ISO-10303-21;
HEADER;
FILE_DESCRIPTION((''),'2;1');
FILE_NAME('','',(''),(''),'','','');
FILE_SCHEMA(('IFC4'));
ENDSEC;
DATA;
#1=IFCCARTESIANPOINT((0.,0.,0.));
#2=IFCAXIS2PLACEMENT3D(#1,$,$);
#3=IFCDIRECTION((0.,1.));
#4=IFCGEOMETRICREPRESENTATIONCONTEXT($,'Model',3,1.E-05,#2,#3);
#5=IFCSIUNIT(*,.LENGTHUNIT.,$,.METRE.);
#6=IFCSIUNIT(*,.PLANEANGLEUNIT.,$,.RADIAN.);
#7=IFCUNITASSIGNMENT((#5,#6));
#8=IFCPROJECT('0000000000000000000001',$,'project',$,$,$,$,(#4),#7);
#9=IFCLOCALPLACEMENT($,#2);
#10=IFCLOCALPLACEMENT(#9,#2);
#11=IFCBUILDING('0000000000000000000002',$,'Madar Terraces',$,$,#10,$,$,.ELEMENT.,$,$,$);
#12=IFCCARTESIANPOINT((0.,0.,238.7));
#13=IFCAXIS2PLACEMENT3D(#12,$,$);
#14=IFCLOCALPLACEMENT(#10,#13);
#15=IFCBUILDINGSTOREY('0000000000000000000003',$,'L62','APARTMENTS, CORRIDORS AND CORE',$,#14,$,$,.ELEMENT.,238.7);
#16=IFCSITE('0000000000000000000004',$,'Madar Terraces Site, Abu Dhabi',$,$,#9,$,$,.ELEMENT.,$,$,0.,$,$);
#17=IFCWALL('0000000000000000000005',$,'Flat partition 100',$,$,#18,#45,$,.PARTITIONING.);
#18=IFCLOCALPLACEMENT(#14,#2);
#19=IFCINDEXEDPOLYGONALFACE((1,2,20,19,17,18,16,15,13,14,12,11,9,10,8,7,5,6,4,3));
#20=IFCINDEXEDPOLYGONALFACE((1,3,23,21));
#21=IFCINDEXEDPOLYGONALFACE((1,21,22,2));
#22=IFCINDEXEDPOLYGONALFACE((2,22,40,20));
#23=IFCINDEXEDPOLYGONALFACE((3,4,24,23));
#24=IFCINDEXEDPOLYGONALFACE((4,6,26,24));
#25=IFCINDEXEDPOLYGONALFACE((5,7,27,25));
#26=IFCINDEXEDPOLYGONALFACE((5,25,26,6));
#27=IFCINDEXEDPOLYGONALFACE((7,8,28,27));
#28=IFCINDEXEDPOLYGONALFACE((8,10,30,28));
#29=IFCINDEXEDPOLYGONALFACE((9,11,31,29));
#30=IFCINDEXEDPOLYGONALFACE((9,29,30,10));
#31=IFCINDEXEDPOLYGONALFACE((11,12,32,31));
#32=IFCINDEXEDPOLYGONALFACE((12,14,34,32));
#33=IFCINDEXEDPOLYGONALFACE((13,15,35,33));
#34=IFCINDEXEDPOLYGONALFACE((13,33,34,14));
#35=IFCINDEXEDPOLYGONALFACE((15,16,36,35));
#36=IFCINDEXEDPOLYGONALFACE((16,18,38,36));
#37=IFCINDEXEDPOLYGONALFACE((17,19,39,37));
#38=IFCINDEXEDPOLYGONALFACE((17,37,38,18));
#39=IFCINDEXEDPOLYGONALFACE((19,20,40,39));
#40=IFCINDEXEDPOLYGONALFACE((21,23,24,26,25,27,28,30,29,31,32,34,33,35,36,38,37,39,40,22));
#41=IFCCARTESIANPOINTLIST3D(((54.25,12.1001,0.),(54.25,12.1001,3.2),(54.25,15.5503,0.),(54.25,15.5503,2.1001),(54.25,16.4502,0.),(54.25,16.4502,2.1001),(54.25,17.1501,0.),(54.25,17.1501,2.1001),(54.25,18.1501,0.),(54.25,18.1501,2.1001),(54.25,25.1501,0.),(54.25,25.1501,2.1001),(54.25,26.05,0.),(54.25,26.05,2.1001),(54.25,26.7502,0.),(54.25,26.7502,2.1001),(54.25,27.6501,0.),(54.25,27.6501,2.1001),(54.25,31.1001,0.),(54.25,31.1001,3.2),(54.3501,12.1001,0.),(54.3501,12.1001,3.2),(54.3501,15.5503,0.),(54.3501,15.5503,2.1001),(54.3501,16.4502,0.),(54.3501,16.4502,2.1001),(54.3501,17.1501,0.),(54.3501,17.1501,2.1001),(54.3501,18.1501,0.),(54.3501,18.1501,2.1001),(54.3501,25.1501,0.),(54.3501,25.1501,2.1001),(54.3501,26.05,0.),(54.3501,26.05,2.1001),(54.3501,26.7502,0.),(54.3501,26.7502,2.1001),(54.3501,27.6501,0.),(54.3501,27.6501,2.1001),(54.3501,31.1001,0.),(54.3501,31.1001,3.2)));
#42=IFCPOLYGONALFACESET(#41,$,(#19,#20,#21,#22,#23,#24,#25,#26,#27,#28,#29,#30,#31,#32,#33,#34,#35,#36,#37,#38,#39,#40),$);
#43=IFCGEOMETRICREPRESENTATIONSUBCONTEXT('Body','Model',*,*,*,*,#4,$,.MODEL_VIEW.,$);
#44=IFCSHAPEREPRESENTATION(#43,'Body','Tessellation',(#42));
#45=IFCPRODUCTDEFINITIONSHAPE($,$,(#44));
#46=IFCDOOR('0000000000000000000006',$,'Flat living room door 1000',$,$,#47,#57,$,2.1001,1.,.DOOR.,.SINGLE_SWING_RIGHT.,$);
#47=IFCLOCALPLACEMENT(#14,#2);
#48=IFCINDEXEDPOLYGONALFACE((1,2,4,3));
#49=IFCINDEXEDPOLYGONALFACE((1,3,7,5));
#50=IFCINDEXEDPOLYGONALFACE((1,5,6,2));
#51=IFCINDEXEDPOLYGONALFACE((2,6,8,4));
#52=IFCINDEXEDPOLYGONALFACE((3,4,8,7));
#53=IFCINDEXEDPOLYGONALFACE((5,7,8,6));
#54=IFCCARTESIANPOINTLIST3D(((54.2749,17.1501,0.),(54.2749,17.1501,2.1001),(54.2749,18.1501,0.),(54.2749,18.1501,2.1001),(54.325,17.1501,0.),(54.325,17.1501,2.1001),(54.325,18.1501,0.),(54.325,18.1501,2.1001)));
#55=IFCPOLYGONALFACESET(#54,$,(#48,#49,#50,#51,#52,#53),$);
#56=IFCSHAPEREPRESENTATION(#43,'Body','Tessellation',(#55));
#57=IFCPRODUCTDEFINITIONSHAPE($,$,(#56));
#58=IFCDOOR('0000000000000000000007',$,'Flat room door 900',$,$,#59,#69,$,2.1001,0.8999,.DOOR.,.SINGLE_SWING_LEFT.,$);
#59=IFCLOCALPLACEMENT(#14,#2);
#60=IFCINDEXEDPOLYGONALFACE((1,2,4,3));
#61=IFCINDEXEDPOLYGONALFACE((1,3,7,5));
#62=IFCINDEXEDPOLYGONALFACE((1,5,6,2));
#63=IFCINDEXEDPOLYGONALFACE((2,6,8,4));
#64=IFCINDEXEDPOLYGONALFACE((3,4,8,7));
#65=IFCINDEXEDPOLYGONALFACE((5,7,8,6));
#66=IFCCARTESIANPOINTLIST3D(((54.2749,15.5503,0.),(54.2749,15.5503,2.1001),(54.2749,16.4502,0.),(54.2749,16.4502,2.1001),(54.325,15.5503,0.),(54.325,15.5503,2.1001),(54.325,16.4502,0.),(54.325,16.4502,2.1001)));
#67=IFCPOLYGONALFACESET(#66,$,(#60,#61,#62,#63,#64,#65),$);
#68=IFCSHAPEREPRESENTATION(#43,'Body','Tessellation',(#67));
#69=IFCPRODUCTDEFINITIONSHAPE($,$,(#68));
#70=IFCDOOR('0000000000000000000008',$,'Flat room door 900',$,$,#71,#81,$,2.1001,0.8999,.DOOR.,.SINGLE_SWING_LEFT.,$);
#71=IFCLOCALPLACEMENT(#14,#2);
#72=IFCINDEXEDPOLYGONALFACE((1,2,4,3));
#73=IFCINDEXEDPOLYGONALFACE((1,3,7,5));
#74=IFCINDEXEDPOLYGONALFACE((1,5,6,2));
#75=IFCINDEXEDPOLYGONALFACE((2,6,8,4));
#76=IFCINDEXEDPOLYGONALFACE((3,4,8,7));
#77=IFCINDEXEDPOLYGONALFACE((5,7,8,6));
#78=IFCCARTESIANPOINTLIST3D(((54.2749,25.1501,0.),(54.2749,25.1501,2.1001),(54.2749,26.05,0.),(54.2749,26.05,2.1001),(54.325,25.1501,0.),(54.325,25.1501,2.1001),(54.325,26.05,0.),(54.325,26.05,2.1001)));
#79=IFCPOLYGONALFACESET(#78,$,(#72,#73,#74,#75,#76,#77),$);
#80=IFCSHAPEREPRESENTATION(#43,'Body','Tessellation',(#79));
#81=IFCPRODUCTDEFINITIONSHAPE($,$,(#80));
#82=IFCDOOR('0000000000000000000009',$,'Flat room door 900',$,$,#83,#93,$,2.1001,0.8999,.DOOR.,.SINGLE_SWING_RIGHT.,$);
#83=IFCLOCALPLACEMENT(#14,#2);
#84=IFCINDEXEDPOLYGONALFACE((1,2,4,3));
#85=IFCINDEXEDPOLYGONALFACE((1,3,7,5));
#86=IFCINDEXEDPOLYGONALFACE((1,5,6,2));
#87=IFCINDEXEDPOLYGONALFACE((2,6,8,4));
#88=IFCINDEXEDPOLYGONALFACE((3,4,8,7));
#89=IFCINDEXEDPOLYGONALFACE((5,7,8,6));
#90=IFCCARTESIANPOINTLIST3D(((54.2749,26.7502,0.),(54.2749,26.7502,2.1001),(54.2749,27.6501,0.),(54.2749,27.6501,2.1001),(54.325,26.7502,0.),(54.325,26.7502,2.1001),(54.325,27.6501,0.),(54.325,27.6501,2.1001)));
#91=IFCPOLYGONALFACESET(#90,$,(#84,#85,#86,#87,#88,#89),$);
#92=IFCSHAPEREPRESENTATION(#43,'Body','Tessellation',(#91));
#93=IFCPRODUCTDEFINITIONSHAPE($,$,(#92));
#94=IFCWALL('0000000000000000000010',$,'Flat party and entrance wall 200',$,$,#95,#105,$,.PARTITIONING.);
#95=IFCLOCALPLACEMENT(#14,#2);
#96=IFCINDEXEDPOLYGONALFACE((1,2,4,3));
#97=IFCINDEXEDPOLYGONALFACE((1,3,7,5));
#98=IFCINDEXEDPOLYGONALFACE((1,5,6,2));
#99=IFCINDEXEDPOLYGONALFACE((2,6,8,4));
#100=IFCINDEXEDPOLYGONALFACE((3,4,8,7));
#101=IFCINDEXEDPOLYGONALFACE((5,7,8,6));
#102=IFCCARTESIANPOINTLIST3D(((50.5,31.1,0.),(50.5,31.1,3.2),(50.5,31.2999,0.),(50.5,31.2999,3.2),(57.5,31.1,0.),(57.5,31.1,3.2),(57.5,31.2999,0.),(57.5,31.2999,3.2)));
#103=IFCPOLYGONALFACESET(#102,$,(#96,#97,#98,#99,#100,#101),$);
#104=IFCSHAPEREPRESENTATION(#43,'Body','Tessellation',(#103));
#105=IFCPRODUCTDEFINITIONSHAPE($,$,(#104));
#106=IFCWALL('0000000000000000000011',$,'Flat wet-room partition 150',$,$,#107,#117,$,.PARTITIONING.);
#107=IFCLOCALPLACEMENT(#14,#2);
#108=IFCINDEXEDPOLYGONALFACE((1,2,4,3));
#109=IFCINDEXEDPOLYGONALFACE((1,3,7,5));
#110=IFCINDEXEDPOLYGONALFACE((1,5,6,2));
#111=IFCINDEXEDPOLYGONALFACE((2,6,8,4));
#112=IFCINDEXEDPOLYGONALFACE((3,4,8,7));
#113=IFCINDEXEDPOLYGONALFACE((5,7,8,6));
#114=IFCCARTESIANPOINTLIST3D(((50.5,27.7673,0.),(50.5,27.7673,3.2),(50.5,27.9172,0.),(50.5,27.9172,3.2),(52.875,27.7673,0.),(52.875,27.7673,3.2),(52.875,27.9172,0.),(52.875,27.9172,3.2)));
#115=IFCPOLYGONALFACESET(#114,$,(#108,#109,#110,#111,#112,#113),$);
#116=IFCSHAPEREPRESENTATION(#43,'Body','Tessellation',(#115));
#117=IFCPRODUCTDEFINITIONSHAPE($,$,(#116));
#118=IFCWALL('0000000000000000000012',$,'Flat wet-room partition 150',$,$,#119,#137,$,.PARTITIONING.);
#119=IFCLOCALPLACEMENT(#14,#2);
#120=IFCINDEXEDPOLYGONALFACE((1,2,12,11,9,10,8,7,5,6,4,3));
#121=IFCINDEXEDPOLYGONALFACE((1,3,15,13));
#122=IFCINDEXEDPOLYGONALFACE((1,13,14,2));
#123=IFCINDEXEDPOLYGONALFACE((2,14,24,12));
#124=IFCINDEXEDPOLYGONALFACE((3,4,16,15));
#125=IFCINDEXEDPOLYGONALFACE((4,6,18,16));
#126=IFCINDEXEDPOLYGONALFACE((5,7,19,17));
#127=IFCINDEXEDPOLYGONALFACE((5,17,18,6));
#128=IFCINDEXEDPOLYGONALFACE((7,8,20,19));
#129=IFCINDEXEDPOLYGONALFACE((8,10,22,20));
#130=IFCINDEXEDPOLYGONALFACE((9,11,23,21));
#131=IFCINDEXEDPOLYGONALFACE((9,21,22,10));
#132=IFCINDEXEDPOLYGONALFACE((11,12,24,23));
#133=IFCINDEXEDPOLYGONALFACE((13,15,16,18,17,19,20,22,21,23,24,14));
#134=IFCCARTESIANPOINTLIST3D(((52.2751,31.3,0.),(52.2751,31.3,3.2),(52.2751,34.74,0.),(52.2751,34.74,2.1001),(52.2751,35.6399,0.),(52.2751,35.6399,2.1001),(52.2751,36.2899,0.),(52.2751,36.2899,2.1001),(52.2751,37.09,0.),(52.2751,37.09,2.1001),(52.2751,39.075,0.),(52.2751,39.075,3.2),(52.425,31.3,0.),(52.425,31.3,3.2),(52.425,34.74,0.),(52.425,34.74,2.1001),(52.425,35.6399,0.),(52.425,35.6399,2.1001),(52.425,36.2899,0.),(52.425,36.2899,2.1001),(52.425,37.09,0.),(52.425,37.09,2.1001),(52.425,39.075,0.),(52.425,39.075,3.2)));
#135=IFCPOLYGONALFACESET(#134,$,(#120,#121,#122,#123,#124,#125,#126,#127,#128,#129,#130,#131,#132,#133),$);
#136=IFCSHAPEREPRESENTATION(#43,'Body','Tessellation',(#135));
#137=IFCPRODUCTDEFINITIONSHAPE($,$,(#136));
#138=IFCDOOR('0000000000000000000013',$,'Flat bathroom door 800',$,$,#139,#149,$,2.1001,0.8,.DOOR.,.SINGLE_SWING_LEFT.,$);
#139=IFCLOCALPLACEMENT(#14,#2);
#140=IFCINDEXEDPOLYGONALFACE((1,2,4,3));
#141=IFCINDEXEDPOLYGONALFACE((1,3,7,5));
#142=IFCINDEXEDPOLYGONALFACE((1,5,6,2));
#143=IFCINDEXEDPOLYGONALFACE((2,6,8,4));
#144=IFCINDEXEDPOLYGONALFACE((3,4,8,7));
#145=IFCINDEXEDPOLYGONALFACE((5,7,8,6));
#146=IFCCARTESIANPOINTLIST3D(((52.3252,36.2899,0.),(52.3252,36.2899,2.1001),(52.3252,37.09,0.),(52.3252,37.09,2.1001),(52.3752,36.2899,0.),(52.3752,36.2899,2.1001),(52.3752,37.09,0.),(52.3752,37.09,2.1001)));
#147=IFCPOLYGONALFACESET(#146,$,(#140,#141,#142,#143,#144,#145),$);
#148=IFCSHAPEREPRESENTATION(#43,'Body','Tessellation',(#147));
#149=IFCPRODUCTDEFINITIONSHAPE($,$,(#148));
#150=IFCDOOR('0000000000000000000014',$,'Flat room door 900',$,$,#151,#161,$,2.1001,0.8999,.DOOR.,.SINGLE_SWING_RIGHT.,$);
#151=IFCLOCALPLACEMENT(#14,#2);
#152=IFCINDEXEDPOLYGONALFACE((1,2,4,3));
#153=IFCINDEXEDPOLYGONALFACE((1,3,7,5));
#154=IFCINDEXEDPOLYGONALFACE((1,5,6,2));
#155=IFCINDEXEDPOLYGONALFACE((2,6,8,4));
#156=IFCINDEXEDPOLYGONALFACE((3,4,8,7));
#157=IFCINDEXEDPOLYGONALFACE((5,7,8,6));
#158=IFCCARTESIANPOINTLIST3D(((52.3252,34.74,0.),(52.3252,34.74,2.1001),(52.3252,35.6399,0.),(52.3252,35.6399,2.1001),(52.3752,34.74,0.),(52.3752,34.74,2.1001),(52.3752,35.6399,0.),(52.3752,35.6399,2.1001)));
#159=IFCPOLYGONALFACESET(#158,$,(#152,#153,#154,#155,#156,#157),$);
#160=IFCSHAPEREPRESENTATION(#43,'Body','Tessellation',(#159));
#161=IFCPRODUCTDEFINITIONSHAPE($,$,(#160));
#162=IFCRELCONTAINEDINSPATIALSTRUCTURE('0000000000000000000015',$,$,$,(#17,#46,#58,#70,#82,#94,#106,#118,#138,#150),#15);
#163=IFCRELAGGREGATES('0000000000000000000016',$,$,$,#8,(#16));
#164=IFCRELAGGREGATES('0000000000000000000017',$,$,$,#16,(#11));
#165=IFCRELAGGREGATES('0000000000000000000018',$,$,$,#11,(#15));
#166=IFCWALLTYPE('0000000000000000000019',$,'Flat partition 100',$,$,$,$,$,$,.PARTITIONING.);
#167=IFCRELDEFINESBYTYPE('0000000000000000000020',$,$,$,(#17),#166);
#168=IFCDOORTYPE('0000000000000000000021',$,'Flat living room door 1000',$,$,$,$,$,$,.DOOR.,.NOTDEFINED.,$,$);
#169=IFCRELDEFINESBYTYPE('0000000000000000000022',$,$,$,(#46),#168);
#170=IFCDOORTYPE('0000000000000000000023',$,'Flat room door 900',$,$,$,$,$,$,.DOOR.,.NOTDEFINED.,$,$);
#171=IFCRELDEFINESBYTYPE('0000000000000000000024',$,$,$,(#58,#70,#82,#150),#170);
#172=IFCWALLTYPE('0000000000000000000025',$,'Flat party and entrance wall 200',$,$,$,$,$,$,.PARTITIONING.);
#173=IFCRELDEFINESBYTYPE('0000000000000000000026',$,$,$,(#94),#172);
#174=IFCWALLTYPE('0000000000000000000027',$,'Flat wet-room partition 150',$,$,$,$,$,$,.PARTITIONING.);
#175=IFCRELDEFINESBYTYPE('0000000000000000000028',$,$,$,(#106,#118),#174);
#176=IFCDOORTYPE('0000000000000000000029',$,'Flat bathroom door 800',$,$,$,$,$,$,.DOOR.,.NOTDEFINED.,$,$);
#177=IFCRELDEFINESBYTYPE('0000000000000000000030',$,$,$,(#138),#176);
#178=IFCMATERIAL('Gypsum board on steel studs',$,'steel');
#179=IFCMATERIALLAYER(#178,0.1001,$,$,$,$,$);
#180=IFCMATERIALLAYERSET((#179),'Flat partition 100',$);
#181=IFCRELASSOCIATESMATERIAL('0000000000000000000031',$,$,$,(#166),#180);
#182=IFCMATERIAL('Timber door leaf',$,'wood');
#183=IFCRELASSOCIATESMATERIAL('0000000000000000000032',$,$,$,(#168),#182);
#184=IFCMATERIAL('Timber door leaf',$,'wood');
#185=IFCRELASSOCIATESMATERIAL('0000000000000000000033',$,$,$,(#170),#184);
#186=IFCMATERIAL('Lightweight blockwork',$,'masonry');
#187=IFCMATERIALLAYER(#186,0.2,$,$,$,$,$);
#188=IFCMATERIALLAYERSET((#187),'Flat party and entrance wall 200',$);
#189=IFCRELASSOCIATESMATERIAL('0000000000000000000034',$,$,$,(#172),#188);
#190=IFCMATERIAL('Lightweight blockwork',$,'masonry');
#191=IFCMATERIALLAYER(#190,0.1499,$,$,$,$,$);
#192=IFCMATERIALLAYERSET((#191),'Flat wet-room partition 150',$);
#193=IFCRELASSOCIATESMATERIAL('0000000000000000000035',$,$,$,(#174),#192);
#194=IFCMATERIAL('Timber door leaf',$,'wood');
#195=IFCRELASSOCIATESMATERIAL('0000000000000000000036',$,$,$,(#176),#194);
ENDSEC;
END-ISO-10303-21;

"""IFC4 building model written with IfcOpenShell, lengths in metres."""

from ifc_helpers import new_model, si_unit, direction, frame, frame_2d, origin, place, context, subcontext, project, spatial, rectangle, extrude, material, layer, layer_set, type_object, element, fill, save


model = new_model("IFC4")

# Units and contexts
model_context = context("Model", 3, precision=1e-05, world=origin(), true_north=direction((0.0, 1.0)))
body_context = subcontext(model_context, "Body", "Model", "MODEL_VIEW")
ifc_project = project(units=[si_unit("LENGTHUNIT", "METRE"), si_unit("PLANEANGLEUNIT", "RADIAN")], contexts=[model_context])

# Site, building, storey
site_placement = place(None, origin())
site = spatial("IfcSite", under=ifc_project, at=site_placement, Name="Madar Terraces Site, Abu Dhabi", CompositionType="ELEMENT", RefElevation=0.0)
building_placement = place(site_placement, origin())
building = spatial("IfcBuilding", under=site, at=building_placement, Name="Madar Terraces", CompositionType="ELEMENT")
storey_placement = place(building_placement, frame((0.0, 0.0, 238.7)))
storey = spatial("IfcBuildingStorey", under=building, at=storey_placement, Name="L62", Description="APARTMENTS, CORRIDORS AND CORE", CompositionType="ELEMENT", Elevation=238.7)

# Shared definitions
ifc_material_1 = material(Name="Gypsum board on steel studs", Category="steel")
ifc_layer_1 = layer(ifc_material_1, 0.1001)
ifc_layer_set_1 = layer_set([ifc_layer_1], Name="Flat partition 100")
wall_type_1 = type_object("IfcWallType", Name="Flat partition 100", PredefinedType="PARTITIONING", material=ifc_layer_set_1)

# Wall, openings, doors
wall_1_placement = place(storey_placement, frame((54.3, 31.1001, 0.0), z_axis=(0.0, 0.0, 1.0), x_axis=(0.0, -1.0, 0.0)))
wall_1 = element("IfcWall", 1, at=wall_1_placement, inside=storey, type_object=wall_type_1, Name="Flat partition 100", PredefinedType="PARTITIONING", context=body_context, shape_type="SweptSolid", body=[
    extrude(rectangle(XDim=19.0, YDim=0.1001, at=frame_2d((9.5, 0.0))), origin(), (0.0, 0.0, 1.0), 3.2),
])
opening_1_placement = place(wall_1_placement, frame((14.6499, 0.0, 0.0)))
opening_1 = element("IfcOpeningElement", 2, at=opening_1_placement, cuts=wall_1, PredefinedType="OPENING", context=body_context, shape_type="SweptSolid", body=[
    extrude(rectangle(XDim=0.8999, YDim=2.1001, at=frame_2d((0.45, 1.05))), frame((0.0, 0.0601, 0.0), z_axis=(0.0, -1.0, 0.0), x_axis=(1.0, 0.0, 0.0)), (0.0, 0.0, 1.0), 0.1201),
])
opening_2_placement = place(wall_1_placement, frame((12.95, 0.0, 0.0)))
opening_2 = element("IfcOpeningElement", 3, at=opening_2_placement, cuts=wall_1, PredefinedType="OPENING", context=body_context, shape_type="SweptSolid", body=[
    extrude(rectangle(XDim=1.0, YDim=2.1001, at=frame_2d((0.5, 1.05))), frame((0.0, 0.0601, 0.0), z_axis=(0.0, -1.0, 0.0), x_axis=(1.0, 0.0, 0.0)), (0.0, 0.0, 1.0), 0.1201),
])
opening_3_placement = place(wall_1_placement, frame((5.05, 0.0, 0.0)))
opening_3 = element("IfcOpeningElement", 4, at=opening_3_placement, cuts=wall_1, PredefinedType="OPENING", context=body_context, shape_type="SweptSolid", body=[
    extrude(rectangle(XDim=0.8999, YDim=2.1001, at=frame_2d((0.45, 1.05))), frame((0.0, 0.0601, 0.0), z_axis=(0.0, -1.0, 0.0), x_axis=(1.0, 0.0, 0.0)), (0.0, 0.0, 1.0), 0.1201),
])
opening_4_placement = place(wall_1_placement, frame((3.45, 0.0, 0.0)))
opening_4 = element("IfcOpeningElement", 5, at=opening_4_placement, cuts=wall_1, PredefinedType="OPENING", context=body_context, shape_type="SweptSolid", body=[
    extrude(rectangle(XDim=0.8999, YDim=2.1001, at=frame_2d((0.45, 1.05))), frame((0.0, 0.0601, 0.0), z_axis=(0.0, -1.0, 0.0), x_axis=(1.0, 0.0, 0.0)), (0.0, 0.0, 1.0), 0.1201),
])
ifc_material_2 = material(Name="Timber door leaf", Category="wood")
door_type_1 = type_object("IfcDoorType", Name="Flat living room door 1000", OperationType="NOTDEFINED", PredefinedType="DOOR", material=ifc_material_2)
door_1_placement = place(opening_2_placement, origin())
door_1 = element("IfcDoor", 6, at=door_1_placement, inside=storey, type_object=door_type_1, Name="Flat living room door 1000", OperationType="SINGLE_SWING_RIGHT", OverallHeight=2.1001, OverallWidth=1.0, PredefinedType="DOOR", context=body_context, shape_type="SweptSolid", body=[
    extrude(rectangle(XDim=1.0, YDim=2.1001, at=frame_2d((0.5, 1.05))), frame((0.0, 0.0249, 0.0), z_axis=(0.0, -1.0, 0.0), x_axis=(1.0, 0.0, 0.0)), (0.0, 0.0, 1.0), 0.05),
])
fill(opening_2, door_1)
ifc_material_3 = material(Name="Timber door leaf", Category="wood")
door_type_2 = type_object("IfcDoorType", Name="Flat room door 900", OperationType="NOTDEFINED", PredefinedType="DOOR", material=ifc_material_3)
door_2_placement = place(opening_1_placement, origin())
door_2 = element("IfcDoor", 7, at=door_2_placement, inside=storey, type_object=door_type_2, Name="Flat room door 900", OperationType="SINGLE_SWING_LEFT", OverallHeight=2.1001, OverallWidth=0.8999, PredefinedType="DOOR", context=body_context, shape_type="SweptSolid", body=[
    extrude(rectangle(XDim=0.8999, YDim=2.1001, at=frame_2d((0.45, 1.05))), frame((0.0, 0.0249, 0.0), z_axis=(0.0, -1.0, 0.0), x_axis=(1.0, 0.0, 0.0)), (0.0, 0.0, 1.0), 0.05),
])
fill(opening_1, door_2)
door_3_placement = place(opening_3_placement, origin())
door_3 = element("IfcDoor", 8, at=door_3_placement, inside=storey, type_object=door_type_2, Name="Flat room door 900", OperationType="SINGLE_SWING_LEFT", OverallHeight=2.1001, OverallWidth=0.8999, PredefinedType="DOOR", context=body_context, shape_type="SweptSolid", body=[
    extrude(rectangle(XDim=0.8999, YDim=2.1001, at=frame_2d((0.45, 1.05))), frame((0.0, 0.0249, 0.0), z_axis=(0.0, -1.0, 0.0), x_axis=(1.0, 0.0, 0.0)), (0.0, 0.0, 1.0), 0.05),
])
fill(opening_3, door_3)
door_4_placement = place(opening_4_placement, origin())
door_4 = element("IfcDoor", 9, at=door_4_placement, inside=storey, type_object=door_type_2, Name="Flat room door 900", OperationType="SINGLE_SWING_RIGHT", OverallHeight=2.1001, OverallWidth=0.8999, PredefinedType="DOOR", context=body_context, shape_type="SweptSolid", body=[
    extrude(rectangle(XDim=0.8999, YDim=2.1001, at=frame_2d((0.45, 1.05))), frame((0.0, 0.0249, 0.0), z_axis=(0.0, -1.0, 0.0), x_axis=(1.0, 0.0, 0.0)), (0.0, 0.0, 1.0), 0.05),
])
fill(opening_4, door_4)

# Walls
ifc_material_4 = material(Name="Lightweight blockwork", Category="masonry")
ifc_layer_2 = layer(ifc_material_4, 0.2)
ifc_layer_set_2 = layer_set([ifc_layer_2], Name="Flat party and entrance wall 200")
wall_type_2 = type_object("IfcWallType", Name="Flat party and entrance wall 200", PredefinedType="PARTITIONING", material=ifc_layer_set_2)
wall_2_placement = place(storey_placement, frame((50.5, 31.2, 0.0), z_axis=(0.0, 0.0, 1.0), x_axis=(1.0, 0.0, 0.0)))
element("IfcWall", 10, at=wall_2_placement, inside=storey, type_object=wall_type_2, Name="Flat party and entrance wall 200", PredefinedType="PARTITIONING", context=body_context, shape_type="SweptSolid", body=[
    extrude(rectangle(XDim=7.0, YDim=0.2, at=frame_2d((3.5, 0.0))), origin(), (0.0, 0.0, 1.0), 3.2),
])
ifc_material_5 = material(Name="Lightweight blockwork", Category="masonry")
ifc_layer_3 = layer(ifc_material_5, 0.1499)
ifc_layer_set_3 = layer_set([ifc_layer_3], Name="Flat wet-room partition 150")
wall_type_3 = type_object("IfcWallType", Name="Flat wet-room partition 150", PredefinedType="PARTITIONING", material=ifc_layer_set_3)
wall_3_placement = place(storey_placement, frame((50.5, 27.8423, 0.0), z_axis=(0.0, 0.0, 1.0), x_axis=(1.0, 0.0, 0.0)))
element("IfcWall", 11, at=wall_3_placement, inside=storey, type_object=wall_type_3, Name="Flat wet-room partition 150", PredefinedType="PARTITIONING", context=body_context, shape_type="SweptSolid", body=[
    extrude(rectangle(XDim=2.375, YDim=0.1499, at=frame_2d((1.1875, 0.0))), origin(), (0.0, 0.0, 1.0), 3.2),
])

# Wall, openings, doors
wall_4_placement = place(storey_placement, frame((52.3501, 31.3, 0.0), z_axis=(0.0, 0.0, 1.0), x_axis=(0.0, 1.0, 0.0)))
wall_4 = element("IfcWall", 12, at=wall_4_placement, inside=storey, type_object=wall_type_3, Name="Flat wet-room partition 150", PredefinedType="PARTITIONING", context=body_context, shape_type="SweptSolid", body=[
    extrude(rectangle(XDim=7.7749, YDim=0.1499, at=frame_2d((3.8875, 0.0))), origin(), (0.0, 0.0, 1.0), 3.2),
])
opening_5_placement = place(wall_4_placement, frame((4.99, 0.0, 0.0)))
opening_5 = element("IfcOpeningElement", 13, at=opening_5_placement, cuts=wall_4, PredefinedType="OPENING", context=body_context, shape_type="SweptSolid", body=[
    extrude(rectangle(XDim=0.8, YDim=2.1001, at=frame_2d((0.3999, 1.05))), frame((0.0, 0.085, 0.0), z_axis=(0.0, -1.0, 0.0), x_axis=(1.0, 0.0, 0.0)), (0.0, 0.0, 1.0), 0.1699),
])
opening_6_placement = place(wall_4_placement, frame((3.4399, 0.0, 0.0)))
opening_6 = element("IfcOpeningElement", 14, at=opening_6_placement, cuts=wall_4, PredefinedType="OPENING", context=body_context, shape_type="SweptSolid", body=[
    extrude(rectangle(XDim=0.8999, YDim=2.1001, at=frame_2d((0.45, 1.05))), frame((0.0, 0.085, 0.0), z_axis=(0.0, -1.0, 0.0), x_axis=(1.0, 0.0, 0.0)), (0.0, 0.0, 1.0), 0.1699),
])
ifc_material_6 = material(Name="Timber door leaf", Category="wood")
door_type_3 = type_object("IfcDoorType", Name="Flat bathroom door 800", OperationType="NOTDEFINED", PredefinedType="DOOR", material=ifc_material_6)
door_5_placement = place(opening_5_placement, origin())
door_5 = element("IfcDoor", 15, at=door_5_placement, inside=storey, type_object=door_type_3, Name="Flat bathroom door 800", OperationType="SINGLE_SWING_LEFT", OverallHeight=2.1001, OverallWidth=0.8, PredefinedType="DOOR", context=body_context, shape_type="SweptSolid", body=[
    extrude(rectangle(XDim=0.8, YDim=2.1001, at=frame_2d((0.3999, 1.05))), frame((0.0, 0.0249, 0.0), z_axis=(0.0, -1.0, 0.0), x_axis=(1.0, 0.0, 0.0)), (0.0, 0.0, 1.0), 0.05),
])
fill(opening_5, door_5)
door_6_placement = place(opening_6_placement, origin())
door_6 = element("IfcDoor", 16, at=door_6_placement, inside=storey, type_object=door_type_2, Name="Flat room door 900", OperationType="SINGLE_SWING_RIGHT", OverallHeight=2.1001, OverallWidth=0.8999, PredefinedType="DOOR", context=body_context, shape_type="SweptSolid", body=[
    extrude(rectangle(XDim=0.8999, YDim=2.1001, at=frame_2d((0.45, 1.05))), frame((0.0, 0.0249, 0.0), z_axis=(0.0, -1.0, 0.0), x_axis=(1.0, 0.0, 0.0)), (0.0, 0.0, 1.0), 0.05),
])
fill(opening_6, door_6)

save(model, "model.ifc")
